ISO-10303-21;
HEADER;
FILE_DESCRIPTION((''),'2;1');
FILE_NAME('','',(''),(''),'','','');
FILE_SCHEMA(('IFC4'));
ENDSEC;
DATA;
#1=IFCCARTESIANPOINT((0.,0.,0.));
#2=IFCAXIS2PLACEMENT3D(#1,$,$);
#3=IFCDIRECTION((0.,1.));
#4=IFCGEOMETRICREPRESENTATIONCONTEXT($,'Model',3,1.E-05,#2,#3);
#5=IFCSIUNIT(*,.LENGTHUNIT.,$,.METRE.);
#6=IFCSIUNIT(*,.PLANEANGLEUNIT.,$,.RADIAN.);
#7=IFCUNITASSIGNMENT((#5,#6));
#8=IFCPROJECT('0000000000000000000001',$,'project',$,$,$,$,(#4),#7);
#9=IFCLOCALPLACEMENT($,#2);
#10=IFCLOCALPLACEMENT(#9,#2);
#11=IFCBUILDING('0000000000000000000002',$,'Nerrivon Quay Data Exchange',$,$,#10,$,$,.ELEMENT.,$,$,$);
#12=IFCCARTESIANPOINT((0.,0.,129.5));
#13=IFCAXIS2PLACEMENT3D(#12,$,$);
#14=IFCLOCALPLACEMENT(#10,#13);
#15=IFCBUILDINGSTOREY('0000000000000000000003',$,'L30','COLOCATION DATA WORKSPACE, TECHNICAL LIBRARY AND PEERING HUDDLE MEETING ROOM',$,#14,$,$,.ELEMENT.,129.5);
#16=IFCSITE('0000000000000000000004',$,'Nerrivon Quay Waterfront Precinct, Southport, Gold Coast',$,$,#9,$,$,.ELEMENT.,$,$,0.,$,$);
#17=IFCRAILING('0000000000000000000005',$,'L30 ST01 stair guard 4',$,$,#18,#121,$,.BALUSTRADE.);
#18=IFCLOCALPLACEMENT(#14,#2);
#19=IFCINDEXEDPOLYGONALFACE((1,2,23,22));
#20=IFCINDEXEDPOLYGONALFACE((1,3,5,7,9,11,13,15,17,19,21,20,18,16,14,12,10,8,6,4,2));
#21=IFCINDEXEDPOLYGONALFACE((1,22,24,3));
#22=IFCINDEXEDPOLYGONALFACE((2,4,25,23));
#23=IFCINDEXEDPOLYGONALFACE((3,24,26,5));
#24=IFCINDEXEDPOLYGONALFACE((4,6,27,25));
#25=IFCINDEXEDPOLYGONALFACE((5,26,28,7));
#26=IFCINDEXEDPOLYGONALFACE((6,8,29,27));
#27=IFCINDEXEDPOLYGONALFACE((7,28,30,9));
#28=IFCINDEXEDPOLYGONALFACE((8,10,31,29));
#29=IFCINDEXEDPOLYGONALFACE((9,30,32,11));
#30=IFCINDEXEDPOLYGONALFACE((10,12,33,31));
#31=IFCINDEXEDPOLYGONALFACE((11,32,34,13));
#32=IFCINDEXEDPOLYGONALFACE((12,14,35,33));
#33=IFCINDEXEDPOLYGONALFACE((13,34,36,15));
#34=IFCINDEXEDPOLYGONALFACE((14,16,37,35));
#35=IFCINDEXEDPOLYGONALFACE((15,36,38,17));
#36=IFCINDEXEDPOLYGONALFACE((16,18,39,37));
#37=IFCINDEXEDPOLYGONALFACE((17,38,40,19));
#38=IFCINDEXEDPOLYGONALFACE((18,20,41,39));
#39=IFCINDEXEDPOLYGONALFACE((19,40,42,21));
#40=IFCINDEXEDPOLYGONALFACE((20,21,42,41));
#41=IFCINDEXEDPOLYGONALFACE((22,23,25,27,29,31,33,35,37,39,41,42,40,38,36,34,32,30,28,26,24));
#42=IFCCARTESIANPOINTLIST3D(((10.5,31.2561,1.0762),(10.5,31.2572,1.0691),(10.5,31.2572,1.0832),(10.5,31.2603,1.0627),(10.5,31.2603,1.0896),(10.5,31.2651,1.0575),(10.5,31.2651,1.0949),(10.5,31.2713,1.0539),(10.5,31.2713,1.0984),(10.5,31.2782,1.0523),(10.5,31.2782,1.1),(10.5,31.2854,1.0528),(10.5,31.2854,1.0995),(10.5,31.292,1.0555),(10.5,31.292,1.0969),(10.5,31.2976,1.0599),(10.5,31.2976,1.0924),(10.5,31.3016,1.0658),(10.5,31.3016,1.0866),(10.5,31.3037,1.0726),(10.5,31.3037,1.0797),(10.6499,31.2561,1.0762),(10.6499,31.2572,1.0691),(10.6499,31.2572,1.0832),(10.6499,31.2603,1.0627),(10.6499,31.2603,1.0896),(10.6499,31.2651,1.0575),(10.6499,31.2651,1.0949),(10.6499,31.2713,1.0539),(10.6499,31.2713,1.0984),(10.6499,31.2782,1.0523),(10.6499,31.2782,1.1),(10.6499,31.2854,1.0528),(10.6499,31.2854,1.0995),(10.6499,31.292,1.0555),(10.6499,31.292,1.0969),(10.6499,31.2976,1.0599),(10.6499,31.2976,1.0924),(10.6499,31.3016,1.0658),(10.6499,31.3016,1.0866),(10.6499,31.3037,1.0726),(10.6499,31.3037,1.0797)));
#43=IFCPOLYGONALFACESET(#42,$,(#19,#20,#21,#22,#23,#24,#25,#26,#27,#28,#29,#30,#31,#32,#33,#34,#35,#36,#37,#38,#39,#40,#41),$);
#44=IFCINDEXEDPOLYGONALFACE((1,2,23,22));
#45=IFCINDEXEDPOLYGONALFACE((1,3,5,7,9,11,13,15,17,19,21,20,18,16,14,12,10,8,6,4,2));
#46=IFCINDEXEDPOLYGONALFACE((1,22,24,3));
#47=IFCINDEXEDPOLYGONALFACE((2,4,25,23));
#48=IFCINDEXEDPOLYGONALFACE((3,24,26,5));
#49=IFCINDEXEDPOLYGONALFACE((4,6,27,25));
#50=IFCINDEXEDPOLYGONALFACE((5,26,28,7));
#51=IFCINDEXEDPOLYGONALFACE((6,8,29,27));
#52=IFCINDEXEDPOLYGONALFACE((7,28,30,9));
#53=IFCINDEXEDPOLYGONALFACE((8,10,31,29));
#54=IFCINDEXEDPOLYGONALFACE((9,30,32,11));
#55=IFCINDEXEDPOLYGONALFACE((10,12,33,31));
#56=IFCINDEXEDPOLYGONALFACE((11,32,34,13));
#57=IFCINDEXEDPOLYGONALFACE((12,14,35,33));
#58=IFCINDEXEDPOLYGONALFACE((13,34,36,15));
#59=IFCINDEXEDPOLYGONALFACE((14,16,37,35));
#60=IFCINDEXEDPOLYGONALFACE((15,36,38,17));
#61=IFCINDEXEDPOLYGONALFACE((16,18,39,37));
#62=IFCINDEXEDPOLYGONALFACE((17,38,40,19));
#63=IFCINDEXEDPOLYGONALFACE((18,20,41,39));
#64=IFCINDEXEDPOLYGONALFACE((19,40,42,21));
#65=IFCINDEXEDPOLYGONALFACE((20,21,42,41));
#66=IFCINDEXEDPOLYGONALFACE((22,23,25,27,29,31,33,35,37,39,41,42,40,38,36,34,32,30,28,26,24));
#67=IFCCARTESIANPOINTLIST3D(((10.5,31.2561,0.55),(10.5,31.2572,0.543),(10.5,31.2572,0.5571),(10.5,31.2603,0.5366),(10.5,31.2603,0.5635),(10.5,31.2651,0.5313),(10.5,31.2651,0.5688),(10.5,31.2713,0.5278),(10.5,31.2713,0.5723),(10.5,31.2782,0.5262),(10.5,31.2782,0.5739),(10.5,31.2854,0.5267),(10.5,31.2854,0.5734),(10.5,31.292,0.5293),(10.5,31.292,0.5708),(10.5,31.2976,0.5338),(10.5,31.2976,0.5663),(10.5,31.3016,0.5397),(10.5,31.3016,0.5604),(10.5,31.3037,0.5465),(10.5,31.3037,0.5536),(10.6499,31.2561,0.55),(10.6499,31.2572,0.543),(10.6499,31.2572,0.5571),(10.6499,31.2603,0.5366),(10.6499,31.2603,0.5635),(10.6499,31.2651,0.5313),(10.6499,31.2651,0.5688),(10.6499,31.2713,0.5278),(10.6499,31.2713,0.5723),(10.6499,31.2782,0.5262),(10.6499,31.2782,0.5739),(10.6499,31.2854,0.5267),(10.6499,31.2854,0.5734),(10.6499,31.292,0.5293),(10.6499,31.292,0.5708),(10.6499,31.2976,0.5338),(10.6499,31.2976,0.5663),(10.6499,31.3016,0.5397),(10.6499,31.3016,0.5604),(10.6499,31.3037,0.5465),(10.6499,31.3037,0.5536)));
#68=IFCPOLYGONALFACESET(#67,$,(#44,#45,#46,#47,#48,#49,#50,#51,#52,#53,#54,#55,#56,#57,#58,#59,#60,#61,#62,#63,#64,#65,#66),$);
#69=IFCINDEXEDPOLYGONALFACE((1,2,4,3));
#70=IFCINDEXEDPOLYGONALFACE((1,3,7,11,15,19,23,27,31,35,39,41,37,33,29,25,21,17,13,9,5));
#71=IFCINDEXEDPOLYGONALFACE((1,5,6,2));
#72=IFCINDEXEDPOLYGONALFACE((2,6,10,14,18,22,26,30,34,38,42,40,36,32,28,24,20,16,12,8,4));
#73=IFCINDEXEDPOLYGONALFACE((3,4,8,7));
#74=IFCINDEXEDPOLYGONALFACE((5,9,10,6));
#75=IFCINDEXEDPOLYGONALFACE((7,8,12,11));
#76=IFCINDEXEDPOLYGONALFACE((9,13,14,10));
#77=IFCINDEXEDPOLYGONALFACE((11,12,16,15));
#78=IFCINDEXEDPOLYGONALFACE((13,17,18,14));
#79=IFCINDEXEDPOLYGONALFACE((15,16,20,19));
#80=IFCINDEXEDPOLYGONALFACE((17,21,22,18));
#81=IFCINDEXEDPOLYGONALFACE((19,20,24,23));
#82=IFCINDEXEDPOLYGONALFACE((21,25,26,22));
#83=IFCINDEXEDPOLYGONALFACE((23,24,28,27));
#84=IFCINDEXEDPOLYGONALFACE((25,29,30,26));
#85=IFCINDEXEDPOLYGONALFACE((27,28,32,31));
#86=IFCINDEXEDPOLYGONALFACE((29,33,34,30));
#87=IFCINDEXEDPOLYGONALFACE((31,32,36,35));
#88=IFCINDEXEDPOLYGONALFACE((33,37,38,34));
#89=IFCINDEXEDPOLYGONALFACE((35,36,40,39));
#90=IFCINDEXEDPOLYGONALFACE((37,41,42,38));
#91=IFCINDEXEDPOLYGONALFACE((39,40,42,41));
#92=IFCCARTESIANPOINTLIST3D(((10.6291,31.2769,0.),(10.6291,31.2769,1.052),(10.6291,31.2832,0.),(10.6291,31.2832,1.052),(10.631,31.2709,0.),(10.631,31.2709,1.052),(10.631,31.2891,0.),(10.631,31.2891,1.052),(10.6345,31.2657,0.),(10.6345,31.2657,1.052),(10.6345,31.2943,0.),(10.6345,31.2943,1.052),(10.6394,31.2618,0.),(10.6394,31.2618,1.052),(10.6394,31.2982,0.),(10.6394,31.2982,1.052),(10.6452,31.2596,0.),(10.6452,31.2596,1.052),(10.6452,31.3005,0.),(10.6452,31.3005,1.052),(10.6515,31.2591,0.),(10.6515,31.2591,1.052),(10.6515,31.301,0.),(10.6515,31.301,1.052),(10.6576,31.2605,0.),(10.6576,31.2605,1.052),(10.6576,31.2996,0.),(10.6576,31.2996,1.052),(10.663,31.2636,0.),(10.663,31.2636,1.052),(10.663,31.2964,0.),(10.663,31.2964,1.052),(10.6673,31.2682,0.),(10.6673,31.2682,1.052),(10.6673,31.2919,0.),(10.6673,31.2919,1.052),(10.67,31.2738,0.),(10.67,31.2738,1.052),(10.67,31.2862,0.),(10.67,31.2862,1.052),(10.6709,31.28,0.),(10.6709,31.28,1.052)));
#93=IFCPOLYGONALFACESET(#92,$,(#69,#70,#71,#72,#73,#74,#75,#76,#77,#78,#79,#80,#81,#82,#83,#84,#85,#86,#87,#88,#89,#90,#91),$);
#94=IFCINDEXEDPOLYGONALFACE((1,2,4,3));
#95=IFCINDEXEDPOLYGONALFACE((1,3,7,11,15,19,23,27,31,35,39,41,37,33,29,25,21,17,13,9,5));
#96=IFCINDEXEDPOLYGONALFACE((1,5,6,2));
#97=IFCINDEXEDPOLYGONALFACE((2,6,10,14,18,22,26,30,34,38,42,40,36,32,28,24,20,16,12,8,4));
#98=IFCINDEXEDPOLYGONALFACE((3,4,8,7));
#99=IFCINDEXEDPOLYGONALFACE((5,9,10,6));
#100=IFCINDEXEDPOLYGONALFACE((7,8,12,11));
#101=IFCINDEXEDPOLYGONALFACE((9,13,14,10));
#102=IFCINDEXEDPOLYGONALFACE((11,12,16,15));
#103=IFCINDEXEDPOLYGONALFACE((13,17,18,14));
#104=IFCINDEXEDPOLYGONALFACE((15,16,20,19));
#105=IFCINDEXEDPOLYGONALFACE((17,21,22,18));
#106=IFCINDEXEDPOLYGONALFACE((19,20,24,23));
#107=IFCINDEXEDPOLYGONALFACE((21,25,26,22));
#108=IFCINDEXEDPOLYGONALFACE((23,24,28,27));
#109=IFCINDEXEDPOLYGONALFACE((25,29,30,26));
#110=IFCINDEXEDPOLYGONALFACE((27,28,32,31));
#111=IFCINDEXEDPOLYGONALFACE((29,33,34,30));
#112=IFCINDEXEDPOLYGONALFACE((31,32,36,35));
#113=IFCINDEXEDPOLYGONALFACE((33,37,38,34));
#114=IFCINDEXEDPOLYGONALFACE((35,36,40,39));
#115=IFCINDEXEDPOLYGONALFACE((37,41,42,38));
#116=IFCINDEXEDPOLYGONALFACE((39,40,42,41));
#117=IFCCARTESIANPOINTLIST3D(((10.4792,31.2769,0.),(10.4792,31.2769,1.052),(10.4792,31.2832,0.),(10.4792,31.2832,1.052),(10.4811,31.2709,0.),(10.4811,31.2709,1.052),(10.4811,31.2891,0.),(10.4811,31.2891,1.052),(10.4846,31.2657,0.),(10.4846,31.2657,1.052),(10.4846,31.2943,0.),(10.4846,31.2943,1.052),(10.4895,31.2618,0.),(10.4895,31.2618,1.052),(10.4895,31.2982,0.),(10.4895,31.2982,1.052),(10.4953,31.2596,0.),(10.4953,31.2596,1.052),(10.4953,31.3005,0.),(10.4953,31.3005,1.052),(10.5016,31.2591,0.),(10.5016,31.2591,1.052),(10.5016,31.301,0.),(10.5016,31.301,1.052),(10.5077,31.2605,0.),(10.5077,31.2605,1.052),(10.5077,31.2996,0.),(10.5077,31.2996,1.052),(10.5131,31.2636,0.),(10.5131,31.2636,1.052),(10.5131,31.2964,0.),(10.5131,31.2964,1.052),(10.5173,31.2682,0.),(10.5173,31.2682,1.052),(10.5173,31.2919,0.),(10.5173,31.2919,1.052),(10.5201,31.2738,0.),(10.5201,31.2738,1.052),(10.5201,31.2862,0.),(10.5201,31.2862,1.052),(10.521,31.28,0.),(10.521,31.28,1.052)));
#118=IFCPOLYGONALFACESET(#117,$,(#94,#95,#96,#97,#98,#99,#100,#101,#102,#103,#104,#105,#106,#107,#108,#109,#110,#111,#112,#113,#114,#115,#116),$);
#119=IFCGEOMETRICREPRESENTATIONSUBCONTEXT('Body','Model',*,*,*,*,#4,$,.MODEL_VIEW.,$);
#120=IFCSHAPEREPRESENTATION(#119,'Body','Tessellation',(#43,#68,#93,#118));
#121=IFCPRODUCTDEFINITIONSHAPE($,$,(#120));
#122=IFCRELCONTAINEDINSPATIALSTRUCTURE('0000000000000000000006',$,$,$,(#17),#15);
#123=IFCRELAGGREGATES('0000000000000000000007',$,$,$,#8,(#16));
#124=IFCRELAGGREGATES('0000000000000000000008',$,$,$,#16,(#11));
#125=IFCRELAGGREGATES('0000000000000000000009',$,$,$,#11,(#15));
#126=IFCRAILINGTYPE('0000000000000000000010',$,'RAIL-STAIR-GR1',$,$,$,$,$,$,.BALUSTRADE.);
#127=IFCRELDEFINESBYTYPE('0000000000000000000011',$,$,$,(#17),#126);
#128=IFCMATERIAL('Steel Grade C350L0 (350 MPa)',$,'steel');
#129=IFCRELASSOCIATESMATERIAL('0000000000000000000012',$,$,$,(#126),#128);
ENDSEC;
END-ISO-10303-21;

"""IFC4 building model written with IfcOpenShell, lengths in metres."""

from ifc_helpers import new_model, si_unit, direction, frame, origin, origin_2d, place, context, subcontext, project, spatial, circle, extrude, material, type_object, element, save


model = new_model("IFC4")

# Units and contexts
model_context = context("Model", 3, precision=1e-05, world=origin(), true_north=direction((0.0, 1.0)))
body_context = subcontext(model_context, "Body", "Model", "MODEL_VIEW")
ifc_project = project(units=[si_unit("LENGTHUNIT", "METRE"), si_unit("PLANEANGLEUNIT", "RADIAN")], contexts=[model_context])

# Site, building, storey
site_placement = place(None, origin())
site = spatial("IfcSite", under=ifc_project, at=site_placement, Name="Nerrivon Quay Waterfront Precinct, Southport, Gold Coast", CompositionType="ELEMENT", RefElevation=0.0)
building_placement = place(site_placement, origin())
building = spatial("IfcBuilding", under=site, at=building_placement, Name="Nerrivon Quay Data Exchange", CompositionType="ELEMENT")
storey_placement = place(building_placement, frame((0.0, 0.0, 129.5)))
storey = spatial("IfcBuildingStorey", under=building, at=storey_placement, Name="L30", Description="COLOCATION DATA WORKSPACE, TECHNICAL LIBRARY AND PEERING HUDDLE MEETING ROOM", CompositionType="ELEMENT", Elevation=129.5)

# Railing
ifc_material_1 = material(Name="Steel Grade C350L0 (350 MPa)", Category="steel")
railing_type_1 = type_object("IfcRailingType", Name="RAIL-STAIR-GR1", PredefinedType="BALUSTRADE", material=ifc_material_1)
railing_1_placement = place(storey_placement, frame((10.6499, 31.28, 0.0)))
element("IfcRailing", 1, at=railing_1_placement, inside=storey, type_object=railing_type_1, Name="L30 ST01 stair guard 4", PredefinedType="BALUSTRADE", context=body_context, shape_type="SweptSolid", body=[
    extrude(circle(Radius=0.0239, at=origin_2d()), frame((0.0, 0.0, 1.0762), z_axis=(-1.0, 0.0, 0.0), x_axis=(0.0, -1.0, 0.0)), (0.0, 0.0, 1.0), 0.1499),
    extrude(circle(Radius=0.0239, at=origin_2d()), frame((0.0, 0.0, 0.55), z_axis=(-1.0, 0.0, 0.0), x_axis=(0.0, -1.0, 0.0)), (0.0, 0.0, 1.0), 0.1499),
    extrude(circle(Radius=0.021, at=origin_2d()), origin(), (0.0, 0.0, 1.0), 1.052),
    extrude(circle(Radius=0.021, at=origin_2d()), frame((-0.1499, 0.0, 0.0)), (0.0, 0.0, 1.0), 1.052),
])

save(model, "model.ifc")
